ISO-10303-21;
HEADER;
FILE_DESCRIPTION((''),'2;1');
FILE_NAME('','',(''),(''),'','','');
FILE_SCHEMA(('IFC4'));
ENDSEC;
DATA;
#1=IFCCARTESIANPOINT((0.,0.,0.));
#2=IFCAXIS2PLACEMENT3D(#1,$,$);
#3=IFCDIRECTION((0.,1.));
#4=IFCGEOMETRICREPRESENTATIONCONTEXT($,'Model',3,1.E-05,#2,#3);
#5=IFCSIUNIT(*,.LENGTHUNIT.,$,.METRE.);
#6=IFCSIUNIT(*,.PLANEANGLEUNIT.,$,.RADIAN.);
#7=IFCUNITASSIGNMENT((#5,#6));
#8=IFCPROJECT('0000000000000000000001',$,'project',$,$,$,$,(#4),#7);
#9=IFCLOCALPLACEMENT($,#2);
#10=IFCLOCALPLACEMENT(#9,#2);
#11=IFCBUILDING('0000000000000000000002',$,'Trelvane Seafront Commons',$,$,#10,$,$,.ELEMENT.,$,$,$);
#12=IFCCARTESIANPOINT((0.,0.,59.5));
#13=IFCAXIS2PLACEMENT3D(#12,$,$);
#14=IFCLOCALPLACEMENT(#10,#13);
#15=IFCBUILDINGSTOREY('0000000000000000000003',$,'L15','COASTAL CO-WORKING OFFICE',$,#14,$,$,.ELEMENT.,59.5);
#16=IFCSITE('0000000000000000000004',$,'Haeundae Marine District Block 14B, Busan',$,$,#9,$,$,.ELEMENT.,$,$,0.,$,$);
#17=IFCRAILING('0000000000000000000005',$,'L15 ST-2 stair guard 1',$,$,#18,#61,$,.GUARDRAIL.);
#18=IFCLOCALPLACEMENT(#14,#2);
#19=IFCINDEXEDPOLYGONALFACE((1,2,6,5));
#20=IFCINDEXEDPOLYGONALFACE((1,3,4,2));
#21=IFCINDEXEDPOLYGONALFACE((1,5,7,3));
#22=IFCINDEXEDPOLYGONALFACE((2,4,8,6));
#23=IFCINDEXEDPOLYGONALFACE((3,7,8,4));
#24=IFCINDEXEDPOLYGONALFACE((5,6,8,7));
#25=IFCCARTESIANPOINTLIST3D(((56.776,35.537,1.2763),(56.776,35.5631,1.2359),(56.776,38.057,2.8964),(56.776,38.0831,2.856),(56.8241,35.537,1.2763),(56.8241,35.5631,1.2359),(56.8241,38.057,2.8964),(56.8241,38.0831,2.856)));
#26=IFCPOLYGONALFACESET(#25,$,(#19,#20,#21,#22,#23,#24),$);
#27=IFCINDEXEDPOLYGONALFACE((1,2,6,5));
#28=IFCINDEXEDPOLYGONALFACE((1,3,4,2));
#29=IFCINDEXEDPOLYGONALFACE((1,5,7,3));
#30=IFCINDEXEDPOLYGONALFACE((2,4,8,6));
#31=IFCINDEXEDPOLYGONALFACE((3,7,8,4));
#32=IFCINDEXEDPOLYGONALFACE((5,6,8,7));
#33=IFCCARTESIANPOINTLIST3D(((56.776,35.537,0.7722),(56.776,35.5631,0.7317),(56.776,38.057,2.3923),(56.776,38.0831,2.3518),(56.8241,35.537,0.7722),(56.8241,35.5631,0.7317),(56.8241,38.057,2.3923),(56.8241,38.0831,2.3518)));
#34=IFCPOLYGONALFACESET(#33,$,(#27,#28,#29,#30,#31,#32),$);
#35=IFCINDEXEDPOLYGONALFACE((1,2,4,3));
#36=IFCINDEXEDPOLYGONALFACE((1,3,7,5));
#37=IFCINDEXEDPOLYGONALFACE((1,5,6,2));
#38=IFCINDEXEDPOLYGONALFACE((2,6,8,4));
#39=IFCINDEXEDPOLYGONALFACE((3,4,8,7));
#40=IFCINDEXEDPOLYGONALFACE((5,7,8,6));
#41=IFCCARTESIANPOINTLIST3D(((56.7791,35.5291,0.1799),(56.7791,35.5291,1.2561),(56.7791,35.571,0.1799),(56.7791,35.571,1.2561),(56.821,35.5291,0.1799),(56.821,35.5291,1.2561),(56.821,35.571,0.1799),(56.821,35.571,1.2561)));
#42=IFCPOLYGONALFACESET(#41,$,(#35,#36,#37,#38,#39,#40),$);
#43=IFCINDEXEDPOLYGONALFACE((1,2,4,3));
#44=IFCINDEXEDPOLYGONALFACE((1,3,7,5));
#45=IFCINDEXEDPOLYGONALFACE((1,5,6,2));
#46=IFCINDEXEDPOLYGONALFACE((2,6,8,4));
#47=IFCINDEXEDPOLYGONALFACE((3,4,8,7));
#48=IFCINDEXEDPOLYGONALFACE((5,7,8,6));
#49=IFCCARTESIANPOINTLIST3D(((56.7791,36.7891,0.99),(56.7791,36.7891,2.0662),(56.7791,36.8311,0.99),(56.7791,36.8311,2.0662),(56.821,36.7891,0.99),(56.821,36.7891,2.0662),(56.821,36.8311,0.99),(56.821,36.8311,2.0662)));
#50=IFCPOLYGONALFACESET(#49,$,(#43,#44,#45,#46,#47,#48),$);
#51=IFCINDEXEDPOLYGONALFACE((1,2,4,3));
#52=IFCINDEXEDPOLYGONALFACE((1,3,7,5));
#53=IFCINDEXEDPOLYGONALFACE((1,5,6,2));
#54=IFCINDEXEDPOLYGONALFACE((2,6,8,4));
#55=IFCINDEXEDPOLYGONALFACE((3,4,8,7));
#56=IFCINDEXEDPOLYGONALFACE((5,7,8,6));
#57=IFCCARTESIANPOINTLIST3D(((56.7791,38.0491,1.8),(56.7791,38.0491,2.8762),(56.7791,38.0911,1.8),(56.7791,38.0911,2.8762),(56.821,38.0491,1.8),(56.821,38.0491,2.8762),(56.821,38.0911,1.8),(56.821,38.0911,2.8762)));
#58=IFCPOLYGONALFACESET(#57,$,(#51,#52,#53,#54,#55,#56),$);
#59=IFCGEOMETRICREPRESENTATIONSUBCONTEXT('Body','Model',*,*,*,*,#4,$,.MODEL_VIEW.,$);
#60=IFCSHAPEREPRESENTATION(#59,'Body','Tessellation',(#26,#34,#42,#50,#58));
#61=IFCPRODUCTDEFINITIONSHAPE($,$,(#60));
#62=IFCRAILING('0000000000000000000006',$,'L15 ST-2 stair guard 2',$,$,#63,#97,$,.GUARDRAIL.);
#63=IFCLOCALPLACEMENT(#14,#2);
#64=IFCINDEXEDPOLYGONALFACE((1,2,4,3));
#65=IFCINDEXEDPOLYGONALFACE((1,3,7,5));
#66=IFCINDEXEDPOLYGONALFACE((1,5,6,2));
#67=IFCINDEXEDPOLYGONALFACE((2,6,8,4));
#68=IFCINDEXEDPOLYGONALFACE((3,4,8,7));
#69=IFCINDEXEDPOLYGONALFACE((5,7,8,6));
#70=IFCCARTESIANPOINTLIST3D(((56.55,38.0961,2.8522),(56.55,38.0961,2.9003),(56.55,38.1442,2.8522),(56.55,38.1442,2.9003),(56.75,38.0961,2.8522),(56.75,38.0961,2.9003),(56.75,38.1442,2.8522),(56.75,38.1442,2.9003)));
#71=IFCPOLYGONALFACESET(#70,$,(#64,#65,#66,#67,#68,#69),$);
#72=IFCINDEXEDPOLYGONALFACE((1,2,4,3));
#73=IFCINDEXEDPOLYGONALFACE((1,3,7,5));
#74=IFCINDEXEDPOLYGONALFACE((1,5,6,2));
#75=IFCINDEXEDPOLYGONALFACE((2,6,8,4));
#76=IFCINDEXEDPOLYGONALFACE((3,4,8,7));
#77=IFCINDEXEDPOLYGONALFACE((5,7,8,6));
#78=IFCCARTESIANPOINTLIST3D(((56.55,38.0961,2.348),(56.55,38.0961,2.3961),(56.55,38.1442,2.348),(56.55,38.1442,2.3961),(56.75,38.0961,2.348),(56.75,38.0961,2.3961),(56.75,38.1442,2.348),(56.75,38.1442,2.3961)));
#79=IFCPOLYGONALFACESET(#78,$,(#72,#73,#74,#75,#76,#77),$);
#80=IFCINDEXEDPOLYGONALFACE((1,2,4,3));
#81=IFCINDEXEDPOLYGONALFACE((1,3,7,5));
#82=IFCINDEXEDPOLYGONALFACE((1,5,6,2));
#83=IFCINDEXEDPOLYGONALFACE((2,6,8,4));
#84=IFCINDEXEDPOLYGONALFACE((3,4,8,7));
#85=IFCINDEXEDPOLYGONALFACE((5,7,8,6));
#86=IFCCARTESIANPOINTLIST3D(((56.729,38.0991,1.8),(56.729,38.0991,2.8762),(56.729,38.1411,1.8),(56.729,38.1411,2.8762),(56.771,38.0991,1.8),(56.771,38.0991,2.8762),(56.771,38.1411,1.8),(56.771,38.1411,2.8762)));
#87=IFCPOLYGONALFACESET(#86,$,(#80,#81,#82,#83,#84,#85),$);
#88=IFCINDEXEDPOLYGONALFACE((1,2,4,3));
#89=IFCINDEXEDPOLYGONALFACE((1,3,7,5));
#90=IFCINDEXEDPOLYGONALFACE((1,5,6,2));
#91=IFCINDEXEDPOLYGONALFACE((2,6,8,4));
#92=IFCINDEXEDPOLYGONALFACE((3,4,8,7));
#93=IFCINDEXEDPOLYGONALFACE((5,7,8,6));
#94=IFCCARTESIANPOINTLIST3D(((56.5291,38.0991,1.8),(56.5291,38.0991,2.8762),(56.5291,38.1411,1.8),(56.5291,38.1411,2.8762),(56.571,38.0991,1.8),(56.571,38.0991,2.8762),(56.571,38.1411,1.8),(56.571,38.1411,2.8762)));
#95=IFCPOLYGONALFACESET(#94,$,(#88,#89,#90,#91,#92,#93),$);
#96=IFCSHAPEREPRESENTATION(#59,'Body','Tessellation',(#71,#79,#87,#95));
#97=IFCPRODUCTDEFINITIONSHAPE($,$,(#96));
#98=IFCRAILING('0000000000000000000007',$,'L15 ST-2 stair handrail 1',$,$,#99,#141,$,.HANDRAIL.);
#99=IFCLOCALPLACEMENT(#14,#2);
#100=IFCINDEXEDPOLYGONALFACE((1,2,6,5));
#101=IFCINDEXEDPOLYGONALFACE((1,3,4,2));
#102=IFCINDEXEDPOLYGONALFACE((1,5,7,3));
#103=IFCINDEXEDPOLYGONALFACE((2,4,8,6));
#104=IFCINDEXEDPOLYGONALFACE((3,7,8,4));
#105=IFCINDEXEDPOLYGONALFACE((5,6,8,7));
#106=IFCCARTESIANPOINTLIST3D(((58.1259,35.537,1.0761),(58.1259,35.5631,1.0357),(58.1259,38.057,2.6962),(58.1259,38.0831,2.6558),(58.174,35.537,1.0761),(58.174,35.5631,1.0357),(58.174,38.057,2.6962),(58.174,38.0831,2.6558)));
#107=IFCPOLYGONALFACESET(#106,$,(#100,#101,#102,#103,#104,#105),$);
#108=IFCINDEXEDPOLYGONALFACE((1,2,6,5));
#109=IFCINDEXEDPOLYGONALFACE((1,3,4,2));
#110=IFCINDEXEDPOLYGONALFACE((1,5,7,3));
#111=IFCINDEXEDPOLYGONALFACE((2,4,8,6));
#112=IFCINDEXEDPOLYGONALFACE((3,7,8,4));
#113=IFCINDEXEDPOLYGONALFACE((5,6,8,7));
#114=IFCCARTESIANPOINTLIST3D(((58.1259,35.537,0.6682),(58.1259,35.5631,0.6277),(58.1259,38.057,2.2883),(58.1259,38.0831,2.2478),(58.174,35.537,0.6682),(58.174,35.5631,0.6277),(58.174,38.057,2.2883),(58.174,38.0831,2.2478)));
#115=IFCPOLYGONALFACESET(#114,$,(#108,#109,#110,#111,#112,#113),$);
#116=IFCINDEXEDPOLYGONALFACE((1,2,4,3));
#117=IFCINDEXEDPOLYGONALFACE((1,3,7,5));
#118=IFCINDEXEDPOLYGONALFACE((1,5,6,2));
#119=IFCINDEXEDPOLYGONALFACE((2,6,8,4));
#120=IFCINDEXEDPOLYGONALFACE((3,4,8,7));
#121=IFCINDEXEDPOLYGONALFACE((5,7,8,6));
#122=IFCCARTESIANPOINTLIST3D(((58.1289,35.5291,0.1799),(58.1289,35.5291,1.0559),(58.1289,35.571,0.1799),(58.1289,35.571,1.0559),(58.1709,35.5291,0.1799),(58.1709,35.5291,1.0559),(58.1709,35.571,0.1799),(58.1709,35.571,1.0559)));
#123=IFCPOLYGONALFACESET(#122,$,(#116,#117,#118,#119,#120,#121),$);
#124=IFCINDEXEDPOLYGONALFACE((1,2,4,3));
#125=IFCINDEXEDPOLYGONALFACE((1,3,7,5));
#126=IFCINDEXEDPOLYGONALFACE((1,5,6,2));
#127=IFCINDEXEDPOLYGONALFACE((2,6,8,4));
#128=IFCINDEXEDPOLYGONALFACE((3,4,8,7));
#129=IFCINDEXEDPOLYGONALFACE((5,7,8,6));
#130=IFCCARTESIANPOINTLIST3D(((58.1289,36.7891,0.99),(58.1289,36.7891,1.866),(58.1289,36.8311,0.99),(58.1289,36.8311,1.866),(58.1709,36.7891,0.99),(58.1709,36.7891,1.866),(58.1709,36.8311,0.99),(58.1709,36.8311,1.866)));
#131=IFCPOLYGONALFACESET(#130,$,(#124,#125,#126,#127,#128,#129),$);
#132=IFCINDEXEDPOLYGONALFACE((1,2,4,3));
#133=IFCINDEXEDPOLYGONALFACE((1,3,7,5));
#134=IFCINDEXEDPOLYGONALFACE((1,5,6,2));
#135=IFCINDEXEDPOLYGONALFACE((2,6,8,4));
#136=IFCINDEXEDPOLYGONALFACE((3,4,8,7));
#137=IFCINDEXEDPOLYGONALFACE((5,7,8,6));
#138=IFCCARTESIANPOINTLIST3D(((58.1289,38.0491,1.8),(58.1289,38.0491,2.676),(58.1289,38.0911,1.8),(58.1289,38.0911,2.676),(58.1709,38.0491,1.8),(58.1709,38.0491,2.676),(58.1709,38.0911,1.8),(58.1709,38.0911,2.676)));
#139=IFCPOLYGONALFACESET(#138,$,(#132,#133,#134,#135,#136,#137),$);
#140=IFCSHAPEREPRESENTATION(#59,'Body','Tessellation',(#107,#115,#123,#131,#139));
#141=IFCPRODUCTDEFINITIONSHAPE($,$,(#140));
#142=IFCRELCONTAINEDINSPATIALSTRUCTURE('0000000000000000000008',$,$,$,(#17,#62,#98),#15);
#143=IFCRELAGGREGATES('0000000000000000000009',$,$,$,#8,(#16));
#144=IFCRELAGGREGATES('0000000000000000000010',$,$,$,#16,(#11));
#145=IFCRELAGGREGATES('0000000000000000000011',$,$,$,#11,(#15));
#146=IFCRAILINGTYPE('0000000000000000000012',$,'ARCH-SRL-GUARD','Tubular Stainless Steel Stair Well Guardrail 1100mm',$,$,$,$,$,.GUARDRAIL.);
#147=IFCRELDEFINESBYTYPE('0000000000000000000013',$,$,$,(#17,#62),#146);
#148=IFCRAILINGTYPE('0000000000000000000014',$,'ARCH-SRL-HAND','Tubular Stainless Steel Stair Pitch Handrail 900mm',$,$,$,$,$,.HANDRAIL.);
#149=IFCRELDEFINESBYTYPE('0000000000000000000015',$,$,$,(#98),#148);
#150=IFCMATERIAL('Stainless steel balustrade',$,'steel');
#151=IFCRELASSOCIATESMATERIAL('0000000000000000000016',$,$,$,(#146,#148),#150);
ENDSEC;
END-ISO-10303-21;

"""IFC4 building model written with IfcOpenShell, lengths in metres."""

from ifc_helpers import new_model, si_unit, direction, frame, origin, origin_2d, place, context, subcontext, project, spatial, rectangle, extrude, material, type_object, element, save


model = new_model("IFC4")

# Units and contexts
model_context = context("Model", 3, precision=1e-05, world=origin(), true_north=direction((0.0, 1.0)))
body_context = subcontext(model_context, "Body", "Model", "MODEL_VIEW")
ifc_project = project(units=[si_unit("LENGTHUNIT", "METRE"), si_unit("PLANEANGLEUNIT", "RADIAN")], contexts=[model_context])

# Site, building, storey
site_placement = place(None, origin())
site = spatial("IfcSite", under=ifc_project, at=site_placement, Name="Haeundae Marine District Block 14B, Busan", CompositionType="ELEMENT", RefElevation=0.0)
building_placement = place(site_placement, origin())
building = spatial("IfcBuilding", under=site, at=building_placement, Name="Trelvane Seafront Commons", CompositionType="ELEMENT")
storey_placement = place(building_placement, frame((0.0, 0.0, 59.5)))
storey = spatial("IfcBuildingStorey", under=building, at=storey_placement, Name="L15", Description="COASTAL CO-WORKING OFFICE", CompositionType="ELEMENT", Elevation=59.5)

# Railings
ifc_material_1 = material(Name="Stainless steel balustrade", Category="steel")
railing_type_1 = type_object("IfcRailingType", Name="ARCH-SRL-GUARD", Description="Tubular Stainless Steel Stair Well Guardrail 1100mm", PredefinedType="GUARDRAIL", material=ifc_material_1)
railing_1_placement = place(storey_placement, frame((56.8, 35.55, 0.1799)))
element("IfcRailing", 1, at=railing_1_placement, inside=storey, type_object=railing_type_1, Name="L15 ST-2 stair guard 1", PredefinedType="GUARDRAIL", context=body_context, shape_type="SweptSolid", body=[
    extrude(rectangle(XDim=0.0481, YDim=0.0481, at=origin_2d()), frame((0.0, 0.0, 1.0762), z_axis=(0.0, 0.841163, 0.540782), x_axis=(-1.0, 0.0, 0.0)), (0.0, 0.0, 1.0), 2.9958),
    extrude(rectangle(XDim=0.0481, YDim=0.0481, at=origin_2d()), frame((0.0, 0.0, 0.572), z_axis=(0.0, 0.841163, 0.540782), x_axis=(-1.0, 0.0, 0.0)), (0.0, 0.0, 1.0), 2.9958),
    extrude(rectangle(XDim=0.042, YDim=0.042, at=origin_2d()), origin(), (0.0, 0.0, 1.0), 1.0762),
    extrude(rectangle(XDim=0.042, YDim=0.042, at=origin_2d()), frame((0.0, 1.26, 0.8101)), (0.0, 0.0, 1.0), 1.0762),
    extrude(rectangle(XDim=0.042, YDim=0.042, at=origin_2d()), frame((0.0, 2.52, 1.6201)), (0.0, 0.0, 1.0), 1.0762),
])
railing_2_placement = place(storey_placement, frame((56.75, 38.1201, 1.8)))
element("IfcRailing", 2, at=railing_2_placement, inside=storey, type_object=railing_type_1, Name="L15 ST-2 stair guard 2", PredefinedType="GUARDRAIL", context=body_context, shape_type="SweptSolid", body=[
    extrude(rectangle(XDim=0.0481, YDim=0.0481, at=origin_2d()), frame((0.0, 0.0, 1.0762), z_axis=(-1.0, 0.0, 0.0), x_axis=(0.0, -1.0, 0.0)), (0.0, 0.0, 1.0), 0.2),
    extrude(rectangle(XDim=0.0481, YDim=0.0481, at=origin_2d()), frame((0.0, 0.0, 0.572), z_axis=(-1.0, 0.0, 0.0), x_axis=(0.0, -1.0, 0.0)), (0.0, 0.0, 1.0), 0.2),
    extrude(rectangle(XDim=0.042, YDim=0.042, at=origin_2d()), origin(), (0.0, 0.0, 1.0), 1.0762),
    extrude(rectangle(XDim=0.042, YDim=0.042, at=origin_2d()), frame((-0.2, 0.0, 0.0)), (0.0, 0.0, 1.0), 1.0762),
])
railing_type_2 = type_object("IfcRailingType", Name="ARCH-SRL-HAND", Description="Tubular Stainless Steel Stair Pitch Handrail 900mm", PredefinedType="HANDRAIL", material=ifc_material_1)
railing_3_placement = place(storey_placement, frame((58.1499, 35.55, 0.1799)))
element("IfcRailing", 3, at=railing_3_placement, inside=storey, type_object=railing_type_2, Name="L15 ST-2 stair handrail 1", PredefinedType="HANDRAIL", context=body_context, shape_type="SweptSolid", body=[
    extrude(rectangle(XDim=0.0481, YDim=0.0481, at=origin_2d()), frame((0.0, 0.0, 0.876), z_axis=(0.0, 0.841163, 0.540782), x_axis=(-1.0, 0.0, 0.0)), (0.0, 0.0, 1.0), 2.9958),
    extrude(rectangle(XDim=0.0481, YDim=0.0481, at=origin_2d()), frame((0.0, 0.0, 0.468), z_axis=(0.0, 0.841163, 0.540782), x_axis=(-1.0, 0.0, 0.0)), (0.0, 0.0, 1.0), 2.9958),
    extrude(rectangle(XDim=0.042, YDim=0.042, at=origin_2d()), origin(), (0.0, 0.0, 1.0), 0.876),
    extrude(rectangle(XDim=0.042, YDim=0.042, at=origin_2d()), frame((0.0, 1.26, 0.8101)), (0.0, 0.0, 1.0), 0.876),
    extrude(rectangle(XDim=0.042, YDim=0.042, at=origin_2d()), frame((0.0, 2.52, 1.6201)), (0.0, 0.0, 1.0), 0.876),
])

save(model, "model.ifc")
